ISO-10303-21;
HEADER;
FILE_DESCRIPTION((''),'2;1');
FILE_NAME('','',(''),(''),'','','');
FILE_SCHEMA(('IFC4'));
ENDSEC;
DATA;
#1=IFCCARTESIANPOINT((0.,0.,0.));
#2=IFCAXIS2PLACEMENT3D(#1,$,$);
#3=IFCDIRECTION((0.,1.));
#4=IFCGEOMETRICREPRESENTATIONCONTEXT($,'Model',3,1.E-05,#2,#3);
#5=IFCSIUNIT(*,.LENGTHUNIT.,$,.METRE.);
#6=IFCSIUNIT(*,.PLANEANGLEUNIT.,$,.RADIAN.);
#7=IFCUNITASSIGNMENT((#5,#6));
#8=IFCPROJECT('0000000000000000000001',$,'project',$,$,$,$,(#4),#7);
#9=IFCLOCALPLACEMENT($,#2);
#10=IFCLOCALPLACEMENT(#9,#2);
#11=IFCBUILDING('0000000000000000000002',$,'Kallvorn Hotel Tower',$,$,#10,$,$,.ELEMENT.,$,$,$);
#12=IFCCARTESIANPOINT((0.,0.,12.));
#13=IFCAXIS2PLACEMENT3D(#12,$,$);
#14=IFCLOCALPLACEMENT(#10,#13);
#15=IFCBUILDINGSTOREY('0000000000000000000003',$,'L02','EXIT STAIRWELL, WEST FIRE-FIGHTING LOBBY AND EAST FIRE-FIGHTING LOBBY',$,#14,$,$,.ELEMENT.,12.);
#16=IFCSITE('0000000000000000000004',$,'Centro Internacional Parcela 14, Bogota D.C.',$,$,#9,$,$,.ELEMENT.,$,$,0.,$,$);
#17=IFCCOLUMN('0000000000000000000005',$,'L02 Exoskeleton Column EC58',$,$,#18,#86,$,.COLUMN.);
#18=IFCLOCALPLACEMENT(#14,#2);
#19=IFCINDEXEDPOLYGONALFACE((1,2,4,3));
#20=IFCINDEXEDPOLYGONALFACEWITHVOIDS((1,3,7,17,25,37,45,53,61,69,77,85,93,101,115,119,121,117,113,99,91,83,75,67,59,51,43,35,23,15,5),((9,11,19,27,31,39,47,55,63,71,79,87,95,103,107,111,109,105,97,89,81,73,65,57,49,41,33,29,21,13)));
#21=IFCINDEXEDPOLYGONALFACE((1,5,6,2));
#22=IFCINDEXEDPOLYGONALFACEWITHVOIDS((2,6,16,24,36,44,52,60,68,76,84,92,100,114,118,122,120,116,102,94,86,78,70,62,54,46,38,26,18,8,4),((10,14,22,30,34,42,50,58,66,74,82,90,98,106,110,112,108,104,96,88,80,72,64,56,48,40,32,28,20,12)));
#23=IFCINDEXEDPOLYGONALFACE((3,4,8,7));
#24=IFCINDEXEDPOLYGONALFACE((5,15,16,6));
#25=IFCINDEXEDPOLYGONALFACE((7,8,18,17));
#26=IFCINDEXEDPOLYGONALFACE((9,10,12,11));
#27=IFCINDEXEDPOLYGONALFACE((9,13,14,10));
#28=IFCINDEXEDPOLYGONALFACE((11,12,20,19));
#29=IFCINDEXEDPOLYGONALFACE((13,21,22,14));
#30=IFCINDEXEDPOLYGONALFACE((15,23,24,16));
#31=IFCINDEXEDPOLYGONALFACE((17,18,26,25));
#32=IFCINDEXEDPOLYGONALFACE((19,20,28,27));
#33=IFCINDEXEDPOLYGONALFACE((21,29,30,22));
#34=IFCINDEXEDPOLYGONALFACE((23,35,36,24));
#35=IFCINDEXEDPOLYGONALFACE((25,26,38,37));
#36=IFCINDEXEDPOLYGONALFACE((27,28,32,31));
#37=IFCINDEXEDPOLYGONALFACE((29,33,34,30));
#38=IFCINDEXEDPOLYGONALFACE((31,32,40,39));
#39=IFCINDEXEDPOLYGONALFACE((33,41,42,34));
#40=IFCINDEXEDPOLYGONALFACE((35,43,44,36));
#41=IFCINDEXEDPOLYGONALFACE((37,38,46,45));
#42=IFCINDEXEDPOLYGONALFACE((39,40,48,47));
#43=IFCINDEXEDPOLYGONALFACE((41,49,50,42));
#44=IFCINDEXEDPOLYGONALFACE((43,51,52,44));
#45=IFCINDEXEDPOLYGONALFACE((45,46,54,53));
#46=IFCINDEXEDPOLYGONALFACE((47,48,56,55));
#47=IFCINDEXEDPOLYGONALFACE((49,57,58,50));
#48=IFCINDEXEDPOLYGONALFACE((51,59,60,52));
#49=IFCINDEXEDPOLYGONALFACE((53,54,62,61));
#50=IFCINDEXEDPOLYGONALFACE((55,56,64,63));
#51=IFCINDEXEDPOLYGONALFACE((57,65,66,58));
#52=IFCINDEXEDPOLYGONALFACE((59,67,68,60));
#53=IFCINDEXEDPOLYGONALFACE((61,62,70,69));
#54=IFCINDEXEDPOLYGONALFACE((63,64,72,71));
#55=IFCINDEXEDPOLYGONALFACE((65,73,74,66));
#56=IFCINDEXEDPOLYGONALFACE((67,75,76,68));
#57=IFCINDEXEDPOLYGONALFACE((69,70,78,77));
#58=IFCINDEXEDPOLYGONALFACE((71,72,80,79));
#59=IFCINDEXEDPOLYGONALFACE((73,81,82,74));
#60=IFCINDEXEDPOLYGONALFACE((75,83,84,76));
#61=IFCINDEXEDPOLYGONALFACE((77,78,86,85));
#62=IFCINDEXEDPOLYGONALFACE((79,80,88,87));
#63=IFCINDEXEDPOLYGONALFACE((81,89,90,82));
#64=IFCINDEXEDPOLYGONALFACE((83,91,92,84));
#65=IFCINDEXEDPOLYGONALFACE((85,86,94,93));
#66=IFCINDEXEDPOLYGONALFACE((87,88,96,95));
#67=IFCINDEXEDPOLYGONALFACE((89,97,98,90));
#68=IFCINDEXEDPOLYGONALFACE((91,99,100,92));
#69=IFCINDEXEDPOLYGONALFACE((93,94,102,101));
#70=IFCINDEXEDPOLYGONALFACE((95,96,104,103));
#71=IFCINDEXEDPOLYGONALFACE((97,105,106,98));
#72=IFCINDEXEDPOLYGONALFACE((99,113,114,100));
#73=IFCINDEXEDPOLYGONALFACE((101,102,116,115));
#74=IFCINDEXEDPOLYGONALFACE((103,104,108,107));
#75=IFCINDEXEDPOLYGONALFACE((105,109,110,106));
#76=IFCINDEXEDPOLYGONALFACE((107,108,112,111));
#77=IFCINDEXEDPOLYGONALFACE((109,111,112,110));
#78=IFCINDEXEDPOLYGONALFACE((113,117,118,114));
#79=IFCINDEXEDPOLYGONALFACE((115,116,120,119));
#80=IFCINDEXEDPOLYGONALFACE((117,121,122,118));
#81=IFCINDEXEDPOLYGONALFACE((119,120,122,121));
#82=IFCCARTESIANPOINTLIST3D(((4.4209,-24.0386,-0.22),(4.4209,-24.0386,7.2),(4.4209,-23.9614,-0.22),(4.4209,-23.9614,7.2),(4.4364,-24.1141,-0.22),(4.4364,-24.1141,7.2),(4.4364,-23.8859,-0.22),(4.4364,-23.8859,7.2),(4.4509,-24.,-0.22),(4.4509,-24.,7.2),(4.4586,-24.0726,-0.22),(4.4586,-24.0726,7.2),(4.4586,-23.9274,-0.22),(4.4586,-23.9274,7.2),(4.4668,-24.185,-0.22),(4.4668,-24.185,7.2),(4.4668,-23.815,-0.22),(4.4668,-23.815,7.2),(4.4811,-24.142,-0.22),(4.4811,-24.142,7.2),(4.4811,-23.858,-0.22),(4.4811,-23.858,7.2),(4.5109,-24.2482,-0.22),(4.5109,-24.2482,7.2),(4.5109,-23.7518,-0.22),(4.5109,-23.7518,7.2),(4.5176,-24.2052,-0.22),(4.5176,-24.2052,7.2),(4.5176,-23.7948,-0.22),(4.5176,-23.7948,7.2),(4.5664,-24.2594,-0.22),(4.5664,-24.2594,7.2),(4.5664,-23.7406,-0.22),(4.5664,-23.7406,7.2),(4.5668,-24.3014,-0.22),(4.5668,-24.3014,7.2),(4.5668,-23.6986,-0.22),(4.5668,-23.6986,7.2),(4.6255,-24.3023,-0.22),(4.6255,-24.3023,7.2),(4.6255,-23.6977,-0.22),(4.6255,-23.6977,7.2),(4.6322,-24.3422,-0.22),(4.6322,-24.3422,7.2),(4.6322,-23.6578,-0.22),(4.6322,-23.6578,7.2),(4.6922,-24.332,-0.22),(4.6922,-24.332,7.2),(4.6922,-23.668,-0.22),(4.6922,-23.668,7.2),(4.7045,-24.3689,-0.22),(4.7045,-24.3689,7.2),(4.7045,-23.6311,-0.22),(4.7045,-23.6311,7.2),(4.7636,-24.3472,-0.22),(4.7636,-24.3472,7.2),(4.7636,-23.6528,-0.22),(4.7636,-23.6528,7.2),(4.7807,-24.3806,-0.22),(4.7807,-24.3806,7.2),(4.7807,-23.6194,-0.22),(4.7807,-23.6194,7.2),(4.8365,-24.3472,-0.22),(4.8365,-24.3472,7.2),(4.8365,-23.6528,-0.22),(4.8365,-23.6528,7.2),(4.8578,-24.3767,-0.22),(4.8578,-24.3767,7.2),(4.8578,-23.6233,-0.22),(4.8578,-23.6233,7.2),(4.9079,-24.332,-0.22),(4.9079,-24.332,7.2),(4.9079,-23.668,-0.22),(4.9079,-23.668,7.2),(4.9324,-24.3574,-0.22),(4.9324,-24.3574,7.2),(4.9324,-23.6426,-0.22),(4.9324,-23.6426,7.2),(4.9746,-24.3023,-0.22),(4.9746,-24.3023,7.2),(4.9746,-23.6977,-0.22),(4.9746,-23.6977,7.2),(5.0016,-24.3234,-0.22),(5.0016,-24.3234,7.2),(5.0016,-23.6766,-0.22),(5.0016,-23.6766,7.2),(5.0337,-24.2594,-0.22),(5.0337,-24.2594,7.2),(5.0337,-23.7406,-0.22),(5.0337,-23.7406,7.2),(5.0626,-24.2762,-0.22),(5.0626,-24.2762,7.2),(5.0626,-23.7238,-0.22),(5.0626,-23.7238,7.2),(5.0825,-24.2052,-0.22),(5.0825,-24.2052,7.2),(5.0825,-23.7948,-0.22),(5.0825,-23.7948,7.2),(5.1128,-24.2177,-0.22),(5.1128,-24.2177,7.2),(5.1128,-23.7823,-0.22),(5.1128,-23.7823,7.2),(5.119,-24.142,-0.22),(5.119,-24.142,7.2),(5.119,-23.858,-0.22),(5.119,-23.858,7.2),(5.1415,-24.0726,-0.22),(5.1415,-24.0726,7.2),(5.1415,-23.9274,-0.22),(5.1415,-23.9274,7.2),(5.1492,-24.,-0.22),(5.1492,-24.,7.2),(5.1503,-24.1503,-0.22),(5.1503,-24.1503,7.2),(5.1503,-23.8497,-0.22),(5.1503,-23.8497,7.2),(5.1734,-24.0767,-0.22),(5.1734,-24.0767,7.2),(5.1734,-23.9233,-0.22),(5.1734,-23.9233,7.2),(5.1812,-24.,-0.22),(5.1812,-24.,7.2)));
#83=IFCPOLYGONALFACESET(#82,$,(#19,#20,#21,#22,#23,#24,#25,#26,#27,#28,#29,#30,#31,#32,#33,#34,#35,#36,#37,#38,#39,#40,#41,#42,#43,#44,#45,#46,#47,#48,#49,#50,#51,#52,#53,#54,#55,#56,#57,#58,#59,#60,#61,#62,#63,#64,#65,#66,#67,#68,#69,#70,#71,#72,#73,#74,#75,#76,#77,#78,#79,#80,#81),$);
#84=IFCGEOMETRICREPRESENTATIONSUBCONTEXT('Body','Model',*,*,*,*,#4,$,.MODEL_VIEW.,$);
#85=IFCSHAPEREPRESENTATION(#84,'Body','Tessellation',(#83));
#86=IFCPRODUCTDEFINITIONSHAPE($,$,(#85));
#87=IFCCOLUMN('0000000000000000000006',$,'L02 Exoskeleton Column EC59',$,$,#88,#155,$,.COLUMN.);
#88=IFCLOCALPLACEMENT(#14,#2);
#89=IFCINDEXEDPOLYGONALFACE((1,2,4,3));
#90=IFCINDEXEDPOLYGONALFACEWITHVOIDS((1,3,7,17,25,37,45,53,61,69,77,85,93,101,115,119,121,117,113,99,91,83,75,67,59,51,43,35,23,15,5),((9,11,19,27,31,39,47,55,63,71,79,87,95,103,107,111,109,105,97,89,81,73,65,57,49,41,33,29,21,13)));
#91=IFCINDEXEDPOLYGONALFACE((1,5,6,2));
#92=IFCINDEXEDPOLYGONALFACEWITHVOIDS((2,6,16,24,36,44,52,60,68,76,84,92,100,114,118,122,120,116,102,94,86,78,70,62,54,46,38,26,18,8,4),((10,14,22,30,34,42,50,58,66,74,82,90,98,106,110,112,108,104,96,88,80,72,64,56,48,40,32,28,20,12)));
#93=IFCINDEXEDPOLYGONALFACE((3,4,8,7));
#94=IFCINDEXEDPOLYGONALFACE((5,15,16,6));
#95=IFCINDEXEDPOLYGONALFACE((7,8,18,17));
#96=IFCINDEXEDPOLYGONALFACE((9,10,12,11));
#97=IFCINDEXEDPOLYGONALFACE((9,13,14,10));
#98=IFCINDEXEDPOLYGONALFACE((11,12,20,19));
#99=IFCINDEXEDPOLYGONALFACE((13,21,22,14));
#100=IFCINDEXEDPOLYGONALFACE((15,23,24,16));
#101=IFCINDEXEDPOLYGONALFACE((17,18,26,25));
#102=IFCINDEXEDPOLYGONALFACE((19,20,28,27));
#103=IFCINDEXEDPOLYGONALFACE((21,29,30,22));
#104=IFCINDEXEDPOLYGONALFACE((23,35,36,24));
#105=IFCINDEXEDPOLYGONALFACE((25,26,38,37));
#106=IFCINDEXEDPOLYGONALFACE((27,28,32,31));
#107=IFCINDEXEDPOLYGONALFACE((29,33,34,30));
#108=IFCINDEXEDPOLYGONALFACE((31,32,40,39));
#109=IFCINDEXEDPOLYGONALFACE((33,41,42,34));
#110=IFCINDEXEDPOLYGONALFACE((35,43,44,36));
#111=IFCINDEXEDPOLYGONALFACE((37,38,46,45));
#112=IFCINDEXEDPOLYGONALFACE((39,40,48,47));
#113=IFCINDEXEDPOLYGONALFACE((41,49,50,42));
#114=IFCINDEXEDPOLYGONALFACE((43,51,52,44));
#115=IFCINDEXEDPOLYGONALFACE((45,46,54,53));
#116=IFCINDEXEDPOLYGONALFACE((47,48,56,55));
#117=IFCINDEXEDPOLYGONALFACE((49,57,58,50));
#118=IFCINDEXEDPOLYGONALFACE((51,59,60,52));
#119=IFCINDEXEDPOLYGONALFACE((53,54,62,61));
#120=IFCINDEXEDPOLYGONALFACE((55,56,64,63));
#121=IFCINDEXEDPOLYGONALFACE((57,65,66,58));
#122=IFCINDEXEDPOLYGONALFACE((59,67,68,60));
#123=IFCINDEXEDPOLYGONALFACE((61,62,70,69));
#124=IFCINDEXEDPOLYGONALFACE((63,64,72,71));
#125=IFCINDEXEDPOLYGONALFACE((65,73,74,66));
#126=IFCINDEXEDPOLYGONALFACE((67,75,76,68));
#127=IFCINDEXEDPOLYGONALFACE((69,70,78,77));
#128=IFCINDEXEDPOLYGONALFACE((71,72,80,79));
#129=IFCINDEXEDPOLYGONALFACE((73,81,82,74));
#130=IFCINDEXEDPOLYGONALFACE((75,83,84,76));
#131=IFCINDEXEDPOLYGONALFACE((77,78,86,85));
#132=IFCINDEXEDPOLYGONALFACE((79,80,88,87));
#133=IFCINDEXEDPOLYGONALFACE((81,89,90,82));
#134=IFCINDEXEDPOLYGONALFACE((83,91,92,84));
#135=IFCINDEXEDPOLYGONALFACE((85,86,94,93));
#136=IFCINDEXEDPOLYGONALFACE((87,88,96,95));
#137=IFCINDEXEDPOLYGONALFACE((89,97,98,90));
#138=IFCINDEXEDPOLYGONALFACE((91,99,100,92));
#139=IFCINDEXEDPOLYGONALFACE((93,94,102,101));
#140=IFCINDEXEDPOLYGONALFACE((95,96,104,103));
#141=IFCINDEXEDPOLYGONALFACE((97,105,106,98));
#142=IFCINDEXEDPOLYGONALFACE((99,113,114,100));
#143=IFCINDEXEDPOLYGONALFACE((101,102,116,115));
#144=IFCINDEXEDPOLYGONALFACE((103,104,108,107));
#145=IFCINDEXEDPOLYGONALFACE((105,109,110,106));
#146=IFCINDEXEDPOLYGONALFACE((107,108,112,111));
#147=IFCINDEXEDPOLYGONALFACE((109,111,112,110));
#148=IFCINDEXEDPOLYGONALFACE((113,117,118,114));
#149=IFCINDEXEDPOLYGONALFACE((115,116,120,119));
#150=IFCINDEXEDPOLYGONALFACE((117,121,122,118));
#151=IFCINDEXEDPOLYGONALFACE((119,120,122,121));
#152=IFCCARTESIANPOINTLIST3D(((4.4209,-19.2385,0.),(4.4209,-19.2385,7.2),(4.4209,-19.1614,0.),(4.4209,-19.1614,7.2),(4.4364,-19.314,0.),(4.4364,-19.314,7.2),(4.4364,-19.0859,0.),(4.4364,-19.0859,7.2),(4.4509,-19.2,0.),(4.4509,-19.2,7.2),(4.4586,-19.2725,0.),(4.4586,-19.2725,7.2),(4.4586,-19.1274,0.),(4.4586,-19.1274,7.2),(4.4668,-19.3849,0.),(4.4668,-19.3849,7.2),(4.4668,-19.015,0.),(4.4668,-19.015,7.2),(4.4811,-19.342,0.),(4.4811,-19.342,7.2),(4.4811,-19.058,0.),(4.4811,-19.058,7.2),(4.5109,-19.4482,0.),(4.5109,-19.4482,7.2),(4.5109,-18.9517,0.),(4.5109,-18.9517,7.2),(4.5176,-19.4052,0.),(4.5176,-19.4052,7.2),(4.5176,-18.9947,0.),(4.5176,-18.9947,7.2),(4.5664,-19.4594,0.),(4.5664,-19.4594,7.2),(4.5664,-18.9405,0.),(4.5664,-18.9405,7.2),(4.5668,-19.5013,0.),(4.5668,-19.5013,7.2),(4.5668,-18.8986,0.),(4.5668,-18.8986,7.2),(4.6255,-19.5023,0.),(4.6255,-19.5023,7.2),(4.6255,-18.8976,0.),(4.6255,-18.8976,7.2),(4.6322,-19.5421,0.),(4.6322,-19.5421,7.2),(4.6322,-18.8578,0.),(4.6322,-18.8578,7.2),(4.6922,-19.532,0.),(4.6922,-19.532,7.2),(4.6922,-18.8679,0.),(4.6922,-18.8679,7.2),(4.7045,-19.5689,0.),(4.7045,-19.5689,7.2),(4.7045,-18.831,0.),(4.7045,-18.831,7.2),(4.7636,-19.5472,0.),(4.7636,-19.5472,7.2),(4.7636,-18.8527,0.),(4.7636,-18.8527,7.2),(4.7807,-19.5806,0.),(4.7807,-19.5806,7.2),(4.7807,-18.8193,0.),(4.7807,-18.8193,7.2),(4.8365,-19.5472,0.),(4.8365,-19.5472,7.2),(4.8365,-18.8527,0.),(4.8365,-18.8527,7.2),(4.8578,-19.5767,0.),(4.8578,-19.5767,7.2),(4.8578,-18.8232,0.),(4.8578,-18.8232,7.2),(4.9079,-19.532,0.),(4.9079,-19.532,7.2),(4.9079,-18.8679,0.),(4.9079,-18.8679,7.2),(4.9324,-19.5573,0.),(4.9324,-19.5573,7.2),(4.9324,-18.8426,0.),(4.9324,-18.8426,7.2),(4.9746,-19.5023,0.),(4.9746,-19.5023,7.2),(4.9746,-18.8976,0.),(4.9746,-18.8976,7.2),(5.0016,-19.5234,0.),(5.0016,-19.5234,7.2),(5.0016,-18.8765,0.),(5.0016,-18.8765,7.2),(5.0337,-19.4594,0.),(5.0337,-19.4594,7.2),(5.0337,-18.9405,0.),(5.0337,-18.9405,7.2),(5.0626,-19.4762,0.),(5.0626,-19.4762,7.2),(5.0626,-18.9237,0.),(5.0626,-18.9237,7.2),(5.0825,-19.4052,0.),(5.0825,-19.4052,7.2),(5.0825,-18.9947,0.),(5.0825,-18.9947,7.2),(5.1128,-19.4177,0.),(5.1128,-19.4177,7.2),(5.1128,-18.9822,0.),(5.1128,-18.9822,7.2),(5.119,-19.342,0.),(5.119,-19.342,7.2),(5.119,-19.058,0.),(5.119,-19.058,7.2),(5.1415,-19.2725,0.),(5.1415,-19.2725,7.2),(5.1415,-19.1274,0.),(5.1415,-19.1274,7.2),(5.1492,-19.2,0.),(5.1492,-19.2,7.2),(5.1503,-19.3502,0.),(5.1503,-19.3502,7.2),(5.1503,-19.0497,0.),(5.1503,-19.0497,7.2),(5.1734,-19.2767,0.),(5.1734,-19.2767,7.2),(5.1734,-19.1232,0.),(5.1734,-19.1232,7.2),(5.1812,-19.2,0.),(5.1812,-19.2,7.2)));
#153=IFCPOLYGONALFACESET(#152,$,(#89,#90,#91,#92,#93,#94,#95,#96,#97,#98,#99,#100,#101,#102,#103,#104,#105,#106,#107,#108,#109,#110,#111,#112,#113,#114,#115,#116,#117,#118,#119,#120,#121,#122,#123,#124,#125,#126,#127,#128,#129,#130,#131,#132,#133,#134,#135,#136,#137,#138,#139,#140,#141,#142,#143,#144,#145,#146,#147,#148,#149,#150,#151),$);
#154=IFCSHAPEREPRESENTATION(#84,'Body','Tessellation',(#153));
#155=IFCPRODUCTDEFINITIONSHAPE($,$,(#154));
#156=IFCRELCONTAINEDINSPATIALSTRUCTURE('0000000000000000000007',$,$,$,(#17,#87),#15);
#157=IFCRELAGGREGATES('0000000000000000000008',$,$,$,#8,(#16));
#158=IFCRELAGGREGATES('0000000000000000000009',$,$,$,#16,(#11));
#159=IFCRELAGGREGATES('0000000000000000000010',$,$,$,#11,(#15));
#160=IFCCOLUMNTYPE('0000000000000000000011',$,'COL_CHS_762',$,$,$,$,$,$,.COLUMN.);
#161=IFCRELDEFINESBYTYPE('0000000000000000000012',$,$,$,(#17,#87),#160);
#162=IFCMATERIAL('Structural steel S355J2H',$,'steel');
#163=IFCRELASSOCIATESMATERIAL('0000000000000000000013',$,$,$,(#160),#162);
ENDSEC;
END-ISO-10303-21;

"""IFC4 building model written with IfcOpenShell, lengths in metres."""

from ifc_helpers import new_model, si_unit, direction, frame, origin, origin_2d, place, context, subcontext, project, spatial, hollow_circle, extrude, material, material_profile, profile_set, type_object, element, save


model = new_model("IFC4")

# Units and contexts
model_context = context("Model", 3, precision=1e-05, world=origin(), true_north=direction((0.0, 1.0)))
body_context = subcontext(model_context, "Body", "Model", "MODEL_VIEW")
ifc_project = project(units=[si_unit("LENGTHUNIT", "METRE"), si_unit("PLANEANGLEUNIT", "RADIAN")], contexts=[model_context])

# Site, building, storey
site_placement = place(None, origin())
site = spatial("IfcSite", under=ifc_project, at=site_placement, Name="Centro Internacional Parcela 14, Bogota D.C.", CompositionType="ELEMENT", RefElevation=0.0)
building_placement = place(site_placement, origin())
building = spatial("IfcBuilding", under=site, at=building_placement, Name="Kallvorn Hotel Tower", CompositionType="ELEMENT")
storey_placement = place(building_placement, frame((0.0, 0.0, 12.0)))
storey = spatial("IfcBuildingStorey", under=building, at=storey_placement, Name="L02", Description="EXIT STAIRWELL, WEST FIRE-FIGHTING LOBBY AND EAST FIRE-FIGHTING LOBBY", CompositionType="ELEMENT", Elevation=12.0)

# Columns
ifc_material_1 = material(Name="Structural steel S355J2H", Category="steel")
ifc_material_profile_1 = material_profile(ifc_material_1, hollow_circle(Radius=0.3811, WallThickness=0.032, at=origin_2d()), Name="CHS 762x32")
ifc_profile_set_1 = profile_set([ifc_material_profile_1], Name="Structural steel S355J2H")
column_type_1 = type_object("IfcColumnType", Name="COL_CHS_762", PredefinedType="COLUMN", material=ifc_profile_set_1)
column_1_placement = place(storey_placement, frame((4.8, -24.0, -0.22), z_axis=(0.0, 0.0, 1.0), x_axis=(1.0, 0.0, 0.0)))
element("IfcColumn", 1, at=column_1_placement, inside=storey, type_object=column_type_1, Name="L02 Exoskeleton Column EC58", PredefinedType="COLUMN", context=body_context, shape_type="SweptSolid", body=[
    extrude(hollow_circle(Radius=0.3811, WallThickness=0.032, at=origin_2d()), origin(), (0.0, 0.0, 1.0), 7.4199),
])
column_2_placement = place(storey_placement, frame((4.8, -19.2, 0.0), z_axis=(0.0, 0.0, 1.0), x_axis=(1.0, 0.0, 0.0)))
element("IfcColumn", 2, at=column_2_placement, inside=storey, type_object=column_type_1, Name="L02 Exoskeleton Column EC59", PredefinedType="COLUMN", context=body_context, shape_type="SweptSolid", body=[
    extrude(hollow_circle(Radius=0.3811, WallThickness=0.032, at=origin_2d()), origin(), (0.0, 0.0, 1.0), 7.2),
])

save(model, "model.ifc")
